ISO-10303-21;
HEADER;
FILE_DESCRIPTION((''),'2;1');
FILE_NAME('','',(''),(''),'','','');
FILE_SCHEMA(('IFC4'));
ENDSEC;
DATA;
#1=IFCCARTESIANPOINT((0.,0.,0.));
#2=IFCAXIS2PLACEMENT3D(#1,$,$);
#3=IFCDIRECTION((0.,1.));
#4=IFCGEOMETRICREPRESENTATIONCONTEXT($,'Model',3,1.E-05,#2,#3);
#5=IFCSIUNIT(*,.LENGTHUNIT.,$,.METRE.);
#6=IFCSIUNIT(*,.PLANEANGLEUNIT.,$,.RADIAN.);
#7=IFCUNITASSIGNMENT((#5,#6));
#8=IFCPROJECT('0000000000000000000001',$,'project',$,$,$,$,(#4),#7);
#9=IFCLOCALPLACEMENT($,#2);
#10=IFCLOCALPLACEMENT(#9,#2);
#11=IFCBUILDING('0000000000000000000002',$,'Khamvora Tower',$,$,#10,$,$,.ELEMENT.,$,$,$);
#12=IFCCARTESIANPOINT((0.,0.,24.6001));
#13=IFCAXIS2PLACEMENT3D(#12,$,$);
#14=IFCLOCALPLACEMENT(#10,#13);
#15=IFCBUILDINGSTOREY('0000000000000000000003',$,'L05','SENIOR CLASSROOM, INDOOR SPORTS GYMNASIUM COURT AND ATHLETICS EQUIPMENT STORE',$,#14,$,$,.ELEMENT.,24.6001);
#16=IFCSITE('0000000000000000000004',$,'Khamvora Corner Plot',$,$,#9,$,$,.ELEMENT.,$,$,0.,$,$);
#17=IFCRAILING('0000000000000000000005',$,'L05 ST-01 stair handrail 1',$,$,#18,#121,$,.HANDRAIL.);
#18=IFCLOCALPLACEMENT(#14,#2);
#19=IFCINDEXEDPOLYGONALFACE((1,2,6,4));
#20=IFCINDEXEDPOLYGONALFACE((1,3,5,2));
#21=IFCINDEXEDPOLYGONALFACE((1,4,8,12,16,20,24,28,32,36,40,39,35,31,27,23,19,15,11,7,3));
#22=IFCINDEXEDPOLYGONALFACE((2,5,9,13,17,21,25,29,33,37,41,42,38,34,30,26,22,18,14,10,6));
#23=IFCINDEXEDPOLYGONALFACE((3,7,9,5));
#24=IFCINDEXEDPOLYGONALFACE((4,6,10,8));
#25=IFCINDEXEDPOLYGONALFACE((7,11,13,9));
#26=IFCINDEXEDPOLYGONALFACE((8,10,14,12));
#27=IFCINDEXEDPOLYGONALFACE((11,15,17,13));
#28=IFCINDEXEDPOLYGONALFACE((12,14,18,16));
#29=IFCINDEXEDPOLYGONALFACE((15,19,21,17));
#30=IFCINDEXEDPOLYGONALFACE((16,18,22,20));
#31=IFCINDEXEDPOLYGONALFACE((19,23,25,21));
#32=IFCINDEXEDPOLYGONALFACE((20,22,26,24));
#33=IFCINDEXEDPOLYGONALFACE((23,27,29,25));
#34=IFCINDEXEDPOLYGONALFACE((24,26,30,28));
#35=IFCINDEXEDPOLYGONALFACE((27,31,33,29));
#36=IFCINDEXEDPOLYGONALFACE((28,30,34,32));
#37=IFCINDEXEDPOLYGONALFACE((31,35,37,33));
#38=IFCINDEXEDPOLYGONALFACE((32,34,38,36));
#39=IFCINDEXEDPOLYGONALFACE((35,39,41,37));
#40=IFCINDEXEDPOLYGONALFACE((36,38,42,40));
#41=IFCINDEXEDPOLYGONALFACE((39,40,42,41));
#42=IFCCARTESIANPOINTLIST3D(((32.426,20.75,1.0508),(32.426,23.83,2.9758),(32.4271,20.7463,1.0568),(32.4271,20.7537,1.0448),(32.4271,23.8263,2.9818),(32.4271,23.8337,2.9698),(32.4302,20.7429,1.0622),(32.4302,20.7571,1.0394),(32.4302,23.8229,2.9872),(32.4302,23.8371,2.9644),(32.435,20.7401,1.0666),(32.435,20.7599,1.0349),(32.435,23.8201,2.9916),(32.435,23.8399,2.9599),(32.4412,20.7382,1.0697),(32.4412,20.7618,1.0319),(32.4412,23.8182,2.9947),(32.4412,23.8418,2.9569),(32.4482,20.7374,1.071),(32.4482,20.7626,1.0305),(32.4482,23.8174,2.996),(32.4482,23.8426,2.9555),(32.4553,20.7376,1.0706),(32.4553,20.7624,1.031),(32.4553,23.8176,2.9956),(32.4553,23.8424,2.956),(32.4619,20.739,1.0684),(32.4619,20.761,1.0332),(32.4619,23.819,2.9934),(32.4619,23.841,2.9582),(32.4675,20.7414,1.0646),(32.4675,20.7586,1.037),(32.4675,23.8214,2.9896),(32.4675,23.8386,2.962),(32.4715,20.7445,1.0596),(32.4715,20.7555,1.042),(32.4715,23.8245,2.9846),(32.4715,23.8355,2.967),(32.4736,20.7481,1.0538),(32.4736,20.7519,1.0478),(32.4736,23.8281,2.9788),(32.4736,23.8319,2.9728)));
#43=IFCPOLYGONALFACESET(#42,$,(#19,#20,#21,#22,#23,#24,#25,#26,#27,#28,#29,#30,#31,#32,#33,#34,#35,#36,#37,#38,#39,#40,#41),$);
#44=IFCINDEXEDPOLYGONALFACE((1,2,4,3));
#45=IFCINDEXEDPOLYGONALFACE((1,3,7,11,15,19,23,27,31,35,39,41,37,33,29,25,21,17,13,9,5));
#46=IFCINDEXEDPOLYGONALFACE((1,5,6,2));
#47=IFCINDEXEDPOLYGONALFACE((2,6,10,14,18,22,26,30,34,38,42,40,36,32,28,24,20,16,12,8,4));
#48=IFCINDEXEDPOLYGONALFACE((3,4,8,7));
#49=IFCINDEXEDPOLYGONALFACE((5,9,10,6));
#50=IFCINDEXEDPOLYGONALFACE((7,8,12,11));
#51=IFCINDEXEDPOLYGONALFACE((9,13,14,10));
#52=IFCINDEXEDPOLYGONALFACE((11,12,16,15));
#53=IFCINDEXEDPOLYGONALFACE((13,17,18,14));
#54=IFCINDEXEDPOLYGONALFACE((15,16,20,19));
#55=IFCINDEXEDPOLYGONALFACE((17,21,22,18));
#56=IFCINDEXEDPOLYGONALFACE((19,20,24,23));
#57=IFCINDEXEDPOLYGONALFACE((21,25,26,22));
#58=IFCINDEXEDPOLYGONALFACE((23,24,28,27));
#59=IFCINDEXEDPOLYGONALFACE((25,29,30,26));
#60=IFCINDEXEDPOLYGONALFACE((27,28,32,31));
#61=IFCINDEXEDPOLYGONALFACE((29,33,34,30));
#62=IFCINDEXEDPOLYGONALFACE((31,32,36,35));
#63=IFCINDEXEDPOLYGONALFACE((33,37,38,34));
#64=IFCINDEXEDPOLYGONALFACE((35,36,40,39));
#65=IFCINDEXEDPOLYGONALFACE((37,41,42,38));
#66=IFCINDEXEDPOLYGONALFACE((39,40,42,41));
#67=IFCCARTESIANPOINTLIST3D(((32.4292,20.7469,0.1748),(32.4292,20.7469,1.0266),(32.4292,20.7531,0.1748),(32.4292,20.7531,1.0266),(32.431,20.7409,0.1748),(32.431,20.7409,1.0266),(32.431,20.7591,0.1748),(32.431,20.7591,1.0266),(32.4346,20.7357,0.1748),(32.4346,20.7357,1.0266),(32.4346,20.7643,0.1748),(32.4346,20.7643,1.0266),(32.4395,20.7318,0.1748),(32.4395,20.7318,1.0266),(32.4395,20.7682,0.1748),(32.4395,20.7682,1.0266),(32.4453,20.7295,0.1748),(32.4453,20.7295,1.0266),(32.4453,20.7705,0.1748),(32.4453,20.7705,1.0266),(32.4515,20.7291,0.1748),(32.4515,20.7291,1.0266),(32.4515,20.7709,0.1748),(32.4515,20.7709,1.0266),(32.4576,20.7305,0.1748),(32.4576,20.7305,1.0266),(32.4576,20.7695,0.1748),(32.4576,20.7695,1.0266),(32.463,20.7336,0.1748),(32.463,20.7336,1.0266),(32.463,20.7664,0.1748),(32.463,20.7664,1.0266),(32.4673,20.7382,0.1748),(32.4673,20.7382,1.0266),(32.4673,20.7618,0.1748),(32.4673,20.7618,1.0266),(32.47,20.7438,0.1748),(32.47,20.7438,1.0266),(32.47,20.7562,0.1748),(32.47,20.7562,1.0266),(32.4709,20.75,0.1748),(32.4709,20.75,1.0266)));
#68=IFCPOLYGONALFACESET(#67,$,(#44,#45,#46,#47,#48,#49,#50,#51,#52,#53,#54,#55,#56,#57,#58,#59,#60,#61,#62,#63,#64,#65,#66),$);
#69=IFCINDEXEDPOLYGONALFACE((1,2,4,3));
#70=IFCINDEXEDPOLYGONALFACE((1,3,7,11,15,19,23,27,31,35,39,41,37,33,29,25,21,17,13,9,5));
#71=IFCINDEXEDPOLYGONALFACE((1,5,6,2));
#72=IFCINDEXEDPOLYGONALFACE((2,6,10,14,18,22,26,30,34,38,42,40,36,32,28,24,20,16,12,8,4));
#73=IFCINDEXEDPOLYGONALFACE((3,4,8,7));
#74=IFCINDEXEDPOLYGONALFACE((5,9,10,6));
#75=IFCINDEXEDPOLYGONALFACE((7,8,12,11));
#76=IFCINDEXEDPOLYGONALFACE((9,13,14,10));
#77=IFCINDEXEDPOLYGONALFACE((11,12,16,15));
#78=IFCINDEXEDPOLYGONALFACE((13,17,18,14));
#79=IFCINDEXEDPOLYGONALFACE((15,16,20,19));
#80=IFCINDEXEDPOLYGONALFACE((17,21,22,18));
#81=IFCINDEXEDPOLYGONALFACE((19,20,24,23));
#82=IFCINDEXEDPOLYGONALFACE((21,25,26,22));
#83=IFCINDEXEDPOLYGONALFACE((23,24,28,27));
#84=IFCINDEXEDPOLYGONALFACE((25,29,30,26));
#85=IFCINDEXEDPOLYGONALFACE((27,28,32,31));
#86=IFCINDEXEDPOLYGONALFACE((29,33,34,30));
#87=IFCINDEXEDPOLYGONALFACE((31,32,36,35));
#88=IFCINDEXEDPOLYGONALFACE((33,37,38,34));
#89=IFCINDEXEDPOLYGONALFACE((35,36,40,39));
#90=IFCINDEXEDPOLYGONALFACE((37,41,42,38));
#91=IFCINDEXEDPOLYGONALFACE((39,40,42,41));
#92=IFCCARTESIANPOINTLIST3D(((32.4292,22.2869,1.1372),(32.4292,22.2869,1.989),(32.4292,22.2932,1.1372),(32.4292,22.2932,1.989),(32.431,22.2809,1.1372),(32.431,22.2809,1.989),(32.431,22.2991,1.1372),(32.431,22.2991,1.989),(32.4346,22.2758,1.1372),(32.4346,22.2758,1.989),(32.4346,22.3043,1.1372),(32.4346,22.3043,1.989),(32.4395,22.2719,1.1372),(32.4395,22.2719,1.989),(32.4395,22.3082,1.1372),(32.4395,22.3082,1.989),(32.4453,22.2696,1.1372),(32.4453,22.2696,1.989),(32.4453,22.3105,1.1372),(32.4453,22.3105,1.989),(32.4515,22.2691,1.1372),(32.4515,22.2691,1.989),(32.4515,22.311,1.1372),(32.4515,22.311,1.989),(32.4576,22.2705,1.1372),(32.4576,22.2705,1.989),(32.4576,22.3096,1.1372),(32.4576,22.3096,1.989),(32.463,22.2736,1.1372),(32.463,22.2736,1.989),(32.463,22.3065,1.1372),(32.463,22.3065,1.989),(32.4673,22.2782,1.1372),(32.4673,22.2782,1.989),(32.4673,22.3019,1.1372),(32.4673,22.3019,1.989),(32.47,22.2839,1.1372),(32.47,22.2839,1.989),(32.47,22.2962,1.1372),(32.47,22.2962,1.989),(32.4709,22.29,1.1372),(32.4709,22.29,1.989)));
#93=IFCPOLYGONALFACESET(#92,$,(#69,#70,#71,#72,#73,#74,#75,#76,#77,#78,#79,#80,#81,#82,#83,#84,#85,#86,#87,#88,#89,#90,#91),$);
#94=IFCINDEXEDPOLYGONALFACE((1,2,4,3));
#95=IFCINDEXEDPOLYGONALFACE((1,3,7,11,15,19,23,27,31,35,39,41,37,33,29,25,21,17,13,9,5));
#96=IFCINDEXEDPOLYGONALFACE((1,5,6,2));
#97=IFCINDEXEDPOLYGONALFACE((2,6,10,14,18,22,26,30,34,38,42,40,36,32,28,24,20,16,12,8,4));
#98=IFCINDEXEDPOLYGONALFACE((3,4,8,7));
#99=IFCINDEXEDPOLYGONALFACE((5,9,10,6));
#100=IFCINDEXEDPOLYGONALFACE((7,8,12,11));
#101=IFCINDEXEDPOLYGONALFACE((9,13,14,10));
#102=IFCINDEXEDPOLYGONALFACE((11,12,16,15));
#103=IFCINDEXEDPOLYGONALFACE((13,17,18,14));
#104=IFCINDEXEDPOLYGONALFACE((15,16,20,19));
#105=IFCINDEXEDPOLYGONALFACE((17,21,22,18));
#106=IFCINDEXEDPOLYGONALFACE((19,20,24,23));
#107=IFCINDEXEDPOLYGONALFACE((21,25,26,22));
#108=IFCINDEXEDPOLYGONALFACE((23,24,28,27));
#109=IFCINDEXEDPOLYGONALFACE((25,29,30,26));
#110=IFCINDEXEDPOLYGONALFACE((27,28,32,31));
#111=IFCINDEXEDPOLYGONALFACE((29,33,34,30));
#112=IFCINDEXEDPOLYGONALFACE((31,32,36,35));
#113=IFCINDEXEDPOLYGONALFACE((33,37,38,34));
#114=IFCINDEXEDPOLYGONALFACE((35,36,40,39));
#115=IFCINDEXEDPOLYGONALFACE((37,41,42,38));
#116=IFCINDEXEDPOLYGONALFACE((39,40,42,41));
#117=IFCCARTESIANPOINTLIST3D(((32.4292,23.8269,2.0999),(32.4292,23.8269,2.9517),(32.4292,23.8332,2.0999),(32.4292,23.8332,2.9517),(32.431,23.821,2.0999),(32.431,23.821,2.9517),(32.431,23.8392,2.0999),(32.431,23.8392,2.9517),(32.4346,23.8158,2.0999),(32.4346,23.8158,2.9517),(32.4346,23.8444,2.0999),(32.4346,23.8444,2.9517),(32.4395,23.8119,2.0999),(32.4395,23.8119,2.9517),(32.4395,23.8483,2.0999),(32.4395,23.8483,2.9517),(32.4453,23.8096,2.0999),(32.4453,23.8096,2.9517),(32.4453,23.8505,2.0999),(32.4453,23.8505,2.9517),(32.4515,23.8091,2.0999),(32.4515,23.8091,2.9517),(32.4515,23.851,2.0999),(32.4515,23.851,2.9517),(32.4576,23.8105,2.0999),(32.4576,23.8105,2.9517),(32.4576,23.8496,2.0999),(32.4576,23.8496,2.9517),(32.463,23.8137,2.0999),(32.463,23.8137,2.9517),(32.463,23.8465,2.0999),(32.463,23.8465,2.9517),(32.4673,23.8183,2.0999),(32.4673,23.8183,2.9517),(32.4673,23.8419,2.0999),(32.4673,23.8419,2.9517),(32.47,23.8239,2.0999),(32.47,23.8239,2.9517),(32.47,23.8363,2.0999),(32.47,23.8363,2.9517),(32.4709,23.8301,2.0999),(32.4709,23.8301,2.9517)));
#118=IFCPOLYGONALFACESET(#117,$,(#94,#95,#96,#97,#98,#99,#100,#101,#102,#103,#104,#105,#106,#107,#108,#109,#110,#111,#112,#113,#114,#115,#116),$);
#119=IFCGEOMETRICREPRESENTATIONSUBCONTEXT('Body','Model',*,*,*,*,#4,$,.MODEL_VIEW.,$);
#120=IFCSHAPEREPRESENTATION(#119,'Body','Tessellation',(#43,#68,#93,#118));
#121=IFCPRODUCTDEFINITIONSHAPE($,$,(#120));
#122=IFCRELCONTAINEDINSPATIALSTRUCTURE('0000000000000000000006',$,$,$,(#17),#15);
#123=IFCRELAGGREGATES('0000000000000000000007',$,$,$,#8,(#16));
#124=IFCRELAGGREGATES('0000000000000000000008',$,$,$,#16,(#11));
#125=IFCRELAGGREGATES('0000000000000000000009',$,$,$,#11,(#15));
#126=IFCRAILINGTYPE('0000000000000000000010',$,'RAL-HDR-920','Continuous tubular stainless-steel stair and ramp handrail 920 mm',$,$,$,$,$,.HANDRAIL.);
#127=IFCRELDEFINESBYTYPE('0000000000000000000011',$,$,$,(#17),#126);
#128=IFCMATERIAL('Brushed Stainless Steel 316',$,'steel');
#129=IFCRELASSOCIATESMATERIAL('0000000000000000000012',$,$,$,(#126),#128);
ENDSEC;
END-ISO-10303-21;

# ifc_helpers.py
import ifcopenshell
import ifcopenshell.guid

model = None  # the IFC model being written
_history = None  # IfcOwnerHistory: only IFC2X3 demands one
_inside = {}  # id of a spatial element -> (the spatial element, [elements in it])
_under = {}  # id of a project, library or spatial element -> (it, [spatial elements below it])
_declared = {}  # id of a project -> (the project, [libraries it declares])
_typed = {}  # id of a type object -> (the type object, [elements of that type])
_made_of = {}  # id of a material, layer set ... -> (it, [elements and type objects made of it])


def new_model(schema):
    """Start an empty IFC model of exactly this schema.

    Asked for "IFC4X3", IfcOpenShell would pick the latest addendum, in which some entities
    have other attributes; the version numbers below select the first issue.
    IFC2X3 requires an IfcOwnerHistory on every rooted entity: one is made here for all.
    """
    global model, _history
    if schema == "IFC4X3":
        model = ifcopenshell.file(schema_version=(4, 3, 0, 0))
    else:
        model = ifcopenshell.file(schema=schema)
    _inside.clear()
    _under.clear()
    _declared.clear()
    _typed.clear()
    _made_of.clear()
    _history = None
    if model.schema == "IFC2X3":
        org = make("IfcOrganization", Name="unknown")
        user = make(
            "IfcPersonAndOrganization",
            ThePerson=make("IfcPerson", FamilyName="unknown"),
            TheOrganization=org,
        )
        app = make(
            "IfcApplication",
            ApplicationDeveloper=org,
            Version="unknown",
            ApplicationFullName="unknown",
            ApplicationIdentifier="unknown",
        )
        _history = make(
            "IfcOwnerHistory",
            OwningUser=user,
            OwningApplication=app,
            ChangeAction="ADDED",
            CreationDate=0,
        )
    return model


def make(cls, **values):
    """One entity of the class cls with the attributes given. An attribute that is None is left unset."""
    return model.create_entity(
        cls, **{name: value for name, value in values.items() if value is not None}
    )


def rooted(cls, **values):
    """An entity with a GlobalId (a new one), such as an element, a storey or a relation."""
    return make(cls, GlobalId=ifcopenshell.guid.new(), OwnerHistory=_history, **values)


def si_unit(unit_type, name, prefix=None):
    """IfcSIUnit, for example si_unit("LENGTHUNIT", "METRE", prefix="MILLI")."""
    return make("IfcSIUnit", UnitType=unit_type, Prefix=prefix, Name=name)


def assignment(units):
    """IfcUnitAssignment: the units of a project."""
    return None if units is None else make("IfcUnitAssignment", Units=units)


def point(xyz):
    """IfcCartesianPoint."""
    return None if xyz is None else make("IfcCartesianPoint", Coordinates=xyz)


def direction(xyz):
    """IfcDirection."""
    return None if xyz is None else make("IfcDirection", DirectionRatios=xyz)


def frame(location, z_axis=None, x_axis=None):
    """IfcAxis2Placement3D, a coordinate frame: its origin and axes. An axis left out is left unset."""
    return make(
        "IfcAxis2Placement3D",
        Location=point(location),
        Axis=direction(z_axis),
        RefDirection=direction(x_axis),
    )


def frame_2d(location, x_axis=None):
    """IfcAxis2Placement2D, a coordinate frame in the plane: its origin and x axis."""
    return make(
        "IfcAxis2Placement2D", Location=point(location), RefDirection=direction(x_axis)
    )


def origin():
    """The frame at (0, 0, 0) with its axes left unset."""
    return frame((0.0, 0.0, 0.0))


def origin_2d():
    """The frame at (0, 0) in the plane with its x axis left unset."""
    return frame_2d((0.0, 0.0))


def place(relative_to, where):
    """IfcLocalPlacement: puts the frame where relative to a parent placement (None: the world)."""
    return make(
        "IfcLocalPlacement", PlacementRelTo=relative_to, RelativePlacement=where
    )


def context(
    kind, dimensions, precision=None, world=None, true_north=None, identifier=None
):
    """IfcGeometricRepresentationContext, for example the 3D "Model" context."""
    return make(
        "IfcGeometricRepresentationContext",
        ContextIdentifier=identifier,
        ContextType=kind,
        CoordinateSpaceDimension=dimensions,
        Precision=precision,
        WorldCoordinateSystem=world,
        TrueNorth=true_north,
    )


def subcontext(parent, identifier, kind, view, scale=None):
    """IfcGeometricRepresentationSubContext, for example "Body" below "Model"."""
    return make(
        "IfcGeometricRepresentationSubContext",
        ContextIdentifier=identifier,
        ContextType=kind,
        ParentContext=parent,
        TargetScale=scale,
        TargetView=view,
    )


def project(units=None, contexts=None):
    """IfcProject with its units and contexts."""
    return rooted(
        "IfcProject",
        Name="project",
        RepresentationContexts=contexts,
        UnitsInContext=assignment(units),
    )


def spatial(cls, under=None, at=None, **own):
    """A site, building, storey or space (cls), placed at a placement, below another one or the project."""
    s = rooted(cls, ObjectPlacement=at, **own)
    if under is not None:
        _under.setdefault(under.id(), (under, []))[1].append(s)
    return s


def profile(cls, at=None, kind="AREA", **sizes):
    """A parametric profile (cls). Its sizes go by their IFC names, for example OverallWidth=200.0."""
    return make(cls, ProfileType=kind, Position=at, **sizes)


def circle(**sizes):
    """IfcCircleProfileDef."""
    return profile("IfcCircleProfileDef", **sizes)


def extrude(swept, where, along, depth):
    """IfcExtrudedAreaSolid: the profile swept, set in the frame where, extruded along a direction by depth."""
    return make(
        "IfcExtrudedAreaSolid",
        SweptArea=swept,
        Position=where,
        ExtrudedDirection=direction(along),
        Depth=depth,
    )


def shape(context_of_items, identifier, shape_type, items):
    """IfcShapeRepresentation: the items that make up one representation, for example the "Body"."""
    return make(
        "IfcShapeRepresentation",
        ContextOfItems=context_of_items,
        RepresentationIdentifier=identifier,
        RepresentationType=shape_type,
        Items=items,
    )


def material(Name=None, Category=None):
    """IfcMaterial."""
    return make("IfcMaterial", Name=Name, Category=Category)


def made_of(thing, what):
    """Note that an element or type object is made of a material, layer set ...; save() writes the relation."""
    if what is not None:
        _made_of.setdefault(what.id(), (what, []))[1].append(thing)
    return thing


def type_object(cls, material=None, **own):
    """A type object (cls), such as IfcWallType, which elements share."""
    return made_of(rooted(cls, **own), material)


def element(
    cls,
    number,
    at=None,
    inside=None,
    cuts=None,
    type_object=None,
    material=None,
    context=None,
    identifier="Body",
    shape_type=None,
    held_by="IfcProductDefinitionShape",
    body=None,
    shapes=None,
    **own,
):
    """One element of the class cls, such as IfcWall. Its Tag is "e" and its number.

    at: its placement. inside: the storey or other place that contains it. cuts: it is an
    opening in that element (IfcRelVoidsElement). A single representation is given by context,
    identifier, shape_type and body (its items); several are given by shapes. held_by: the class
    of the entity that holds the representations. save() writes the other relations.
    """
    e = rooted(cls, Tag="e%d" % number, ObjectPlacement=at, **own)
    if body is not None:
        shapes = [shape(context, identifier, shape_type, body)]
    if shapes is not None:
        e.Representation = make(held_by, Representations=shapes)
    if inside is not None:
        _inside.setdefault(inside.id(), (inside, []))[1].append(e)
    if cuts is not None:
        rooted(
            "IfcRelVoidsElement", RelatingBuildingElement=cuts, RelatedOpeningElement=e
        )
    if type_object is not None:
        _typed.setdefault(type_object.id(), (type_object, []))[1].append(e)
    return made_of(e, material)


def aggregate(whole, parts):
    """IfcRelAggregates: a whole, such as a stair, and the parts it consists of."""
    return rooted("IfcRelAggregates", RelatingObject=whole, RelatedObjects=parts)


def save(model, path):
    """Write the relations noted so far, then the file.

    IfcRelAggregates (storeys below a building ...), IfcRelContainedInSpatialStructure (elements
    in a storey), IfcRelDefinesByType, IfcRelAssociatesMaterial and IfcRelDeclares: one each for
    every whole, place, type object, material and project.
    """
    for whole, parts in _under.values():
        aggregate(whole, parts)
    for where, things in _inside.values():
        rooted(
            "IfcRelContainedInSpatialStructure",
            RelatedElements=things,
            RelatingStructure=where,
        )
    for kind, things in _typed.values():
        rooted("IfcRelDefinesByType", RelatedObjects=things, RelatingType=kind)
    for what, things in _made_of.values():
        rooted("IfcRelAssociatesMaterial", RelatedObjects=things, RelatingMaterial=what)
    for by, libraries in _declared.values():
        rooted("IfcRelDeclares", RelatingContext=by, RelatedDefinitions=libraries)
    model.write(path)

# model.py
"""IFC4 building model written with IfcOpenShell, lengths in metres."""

from ifc_helpers import new_model, si_unit, direction, frame, origin, origin_2d, place, context, subcontext, project, spatial, circle, extrude, material, type_object, element, save


model = new_model("IFC4")

# Units and contexts
model_context = context("Model", 3, precision=1e-05, world=origin(), true_north=direction((0.0, 1.0)))
body_context = subcontext(model_context, "Body", "Model", "MODEL_VIEW")
ifc_project = project(units=[si_unit("LENGTHUNIT", "METRE"), si_unit("PLANEANGLEUNIT", "RADIAN")], contexts=[model_context])

# Site, building, storey
site_placement = place(None, origin())
site = spatial("IfcSite", under=ifc_project, at=site_placement, Name="Khamvora Corner Plot", CompositionType="ELEMENT", RefElevation=0.0)
building_placement = place(site_placement, origin())
building = spatial("IfcBuilding", under=site, at=building_placement, Name="Khamvora Tower", CompositionType="ELEMENT")
storey_placement = place(building_placement, frame((0.0, 0.0, 24.6001)))
storey = spatial("IfcBuildingStorey", under=building, at=storey_placement, Name="L05", Description="SENIOR CLASSROOM, INDOOR SPORTS GYMNASIUM COURT AND ATHLETICS EQUIPMENT STORE", CompositionType="ELEMENT", Elevation=24.6001)

# Railing
ifc_material_1 = material(Name="Brushed Stainless Steel 316", Category="steel")
railing_type_1 = type_object("IfcRailingType", Name="RAL-HDR-920", Description="Continuous tubular stainless-steel stair and ramp handrail 920 mm", PredefinedType="HANDRAIL", material=ifc_material_1)
railing_1_placement = place(storey_placement, frame((32.45, 20.75, 0.1748)))
element("IfcRailing", 1, at=railing_1_placement, inside=storey, type_object=railing_type_1, Name="L05 ST-01 stair handrail 1", PredefinedType="HANDRAIL", context=body_context, shape_type="SweptSolid", body=[
    extrude(circle(Radius=0.0239, at=origin_2d()), frame((0.0, 0.0, 0.876), z_axis=(0.0, 0.847998, 0.529999), x_axis=(-1.0, 0.0, 0.0)), (0.0, 0.0, 1.0), 3.6321),
    extrude(circle(Radius=0.021, at=origin_2d()), origin(), (0.0, 0.0, 1.0), 0.8518),
    extrude(circle(Radius=0.021, at=origin_2d()), frame((0.0, 1.54, 0.9624)), (0.0, 0.0, 1.0), 0.8518),
    extrude(circle(Radius=0.021, at=origin_2d()), frame((0.0, 3.0801, 1.925)), (0.0, 0.0, 1.0), 0.8518),
])

save(model, "model.ifc")
